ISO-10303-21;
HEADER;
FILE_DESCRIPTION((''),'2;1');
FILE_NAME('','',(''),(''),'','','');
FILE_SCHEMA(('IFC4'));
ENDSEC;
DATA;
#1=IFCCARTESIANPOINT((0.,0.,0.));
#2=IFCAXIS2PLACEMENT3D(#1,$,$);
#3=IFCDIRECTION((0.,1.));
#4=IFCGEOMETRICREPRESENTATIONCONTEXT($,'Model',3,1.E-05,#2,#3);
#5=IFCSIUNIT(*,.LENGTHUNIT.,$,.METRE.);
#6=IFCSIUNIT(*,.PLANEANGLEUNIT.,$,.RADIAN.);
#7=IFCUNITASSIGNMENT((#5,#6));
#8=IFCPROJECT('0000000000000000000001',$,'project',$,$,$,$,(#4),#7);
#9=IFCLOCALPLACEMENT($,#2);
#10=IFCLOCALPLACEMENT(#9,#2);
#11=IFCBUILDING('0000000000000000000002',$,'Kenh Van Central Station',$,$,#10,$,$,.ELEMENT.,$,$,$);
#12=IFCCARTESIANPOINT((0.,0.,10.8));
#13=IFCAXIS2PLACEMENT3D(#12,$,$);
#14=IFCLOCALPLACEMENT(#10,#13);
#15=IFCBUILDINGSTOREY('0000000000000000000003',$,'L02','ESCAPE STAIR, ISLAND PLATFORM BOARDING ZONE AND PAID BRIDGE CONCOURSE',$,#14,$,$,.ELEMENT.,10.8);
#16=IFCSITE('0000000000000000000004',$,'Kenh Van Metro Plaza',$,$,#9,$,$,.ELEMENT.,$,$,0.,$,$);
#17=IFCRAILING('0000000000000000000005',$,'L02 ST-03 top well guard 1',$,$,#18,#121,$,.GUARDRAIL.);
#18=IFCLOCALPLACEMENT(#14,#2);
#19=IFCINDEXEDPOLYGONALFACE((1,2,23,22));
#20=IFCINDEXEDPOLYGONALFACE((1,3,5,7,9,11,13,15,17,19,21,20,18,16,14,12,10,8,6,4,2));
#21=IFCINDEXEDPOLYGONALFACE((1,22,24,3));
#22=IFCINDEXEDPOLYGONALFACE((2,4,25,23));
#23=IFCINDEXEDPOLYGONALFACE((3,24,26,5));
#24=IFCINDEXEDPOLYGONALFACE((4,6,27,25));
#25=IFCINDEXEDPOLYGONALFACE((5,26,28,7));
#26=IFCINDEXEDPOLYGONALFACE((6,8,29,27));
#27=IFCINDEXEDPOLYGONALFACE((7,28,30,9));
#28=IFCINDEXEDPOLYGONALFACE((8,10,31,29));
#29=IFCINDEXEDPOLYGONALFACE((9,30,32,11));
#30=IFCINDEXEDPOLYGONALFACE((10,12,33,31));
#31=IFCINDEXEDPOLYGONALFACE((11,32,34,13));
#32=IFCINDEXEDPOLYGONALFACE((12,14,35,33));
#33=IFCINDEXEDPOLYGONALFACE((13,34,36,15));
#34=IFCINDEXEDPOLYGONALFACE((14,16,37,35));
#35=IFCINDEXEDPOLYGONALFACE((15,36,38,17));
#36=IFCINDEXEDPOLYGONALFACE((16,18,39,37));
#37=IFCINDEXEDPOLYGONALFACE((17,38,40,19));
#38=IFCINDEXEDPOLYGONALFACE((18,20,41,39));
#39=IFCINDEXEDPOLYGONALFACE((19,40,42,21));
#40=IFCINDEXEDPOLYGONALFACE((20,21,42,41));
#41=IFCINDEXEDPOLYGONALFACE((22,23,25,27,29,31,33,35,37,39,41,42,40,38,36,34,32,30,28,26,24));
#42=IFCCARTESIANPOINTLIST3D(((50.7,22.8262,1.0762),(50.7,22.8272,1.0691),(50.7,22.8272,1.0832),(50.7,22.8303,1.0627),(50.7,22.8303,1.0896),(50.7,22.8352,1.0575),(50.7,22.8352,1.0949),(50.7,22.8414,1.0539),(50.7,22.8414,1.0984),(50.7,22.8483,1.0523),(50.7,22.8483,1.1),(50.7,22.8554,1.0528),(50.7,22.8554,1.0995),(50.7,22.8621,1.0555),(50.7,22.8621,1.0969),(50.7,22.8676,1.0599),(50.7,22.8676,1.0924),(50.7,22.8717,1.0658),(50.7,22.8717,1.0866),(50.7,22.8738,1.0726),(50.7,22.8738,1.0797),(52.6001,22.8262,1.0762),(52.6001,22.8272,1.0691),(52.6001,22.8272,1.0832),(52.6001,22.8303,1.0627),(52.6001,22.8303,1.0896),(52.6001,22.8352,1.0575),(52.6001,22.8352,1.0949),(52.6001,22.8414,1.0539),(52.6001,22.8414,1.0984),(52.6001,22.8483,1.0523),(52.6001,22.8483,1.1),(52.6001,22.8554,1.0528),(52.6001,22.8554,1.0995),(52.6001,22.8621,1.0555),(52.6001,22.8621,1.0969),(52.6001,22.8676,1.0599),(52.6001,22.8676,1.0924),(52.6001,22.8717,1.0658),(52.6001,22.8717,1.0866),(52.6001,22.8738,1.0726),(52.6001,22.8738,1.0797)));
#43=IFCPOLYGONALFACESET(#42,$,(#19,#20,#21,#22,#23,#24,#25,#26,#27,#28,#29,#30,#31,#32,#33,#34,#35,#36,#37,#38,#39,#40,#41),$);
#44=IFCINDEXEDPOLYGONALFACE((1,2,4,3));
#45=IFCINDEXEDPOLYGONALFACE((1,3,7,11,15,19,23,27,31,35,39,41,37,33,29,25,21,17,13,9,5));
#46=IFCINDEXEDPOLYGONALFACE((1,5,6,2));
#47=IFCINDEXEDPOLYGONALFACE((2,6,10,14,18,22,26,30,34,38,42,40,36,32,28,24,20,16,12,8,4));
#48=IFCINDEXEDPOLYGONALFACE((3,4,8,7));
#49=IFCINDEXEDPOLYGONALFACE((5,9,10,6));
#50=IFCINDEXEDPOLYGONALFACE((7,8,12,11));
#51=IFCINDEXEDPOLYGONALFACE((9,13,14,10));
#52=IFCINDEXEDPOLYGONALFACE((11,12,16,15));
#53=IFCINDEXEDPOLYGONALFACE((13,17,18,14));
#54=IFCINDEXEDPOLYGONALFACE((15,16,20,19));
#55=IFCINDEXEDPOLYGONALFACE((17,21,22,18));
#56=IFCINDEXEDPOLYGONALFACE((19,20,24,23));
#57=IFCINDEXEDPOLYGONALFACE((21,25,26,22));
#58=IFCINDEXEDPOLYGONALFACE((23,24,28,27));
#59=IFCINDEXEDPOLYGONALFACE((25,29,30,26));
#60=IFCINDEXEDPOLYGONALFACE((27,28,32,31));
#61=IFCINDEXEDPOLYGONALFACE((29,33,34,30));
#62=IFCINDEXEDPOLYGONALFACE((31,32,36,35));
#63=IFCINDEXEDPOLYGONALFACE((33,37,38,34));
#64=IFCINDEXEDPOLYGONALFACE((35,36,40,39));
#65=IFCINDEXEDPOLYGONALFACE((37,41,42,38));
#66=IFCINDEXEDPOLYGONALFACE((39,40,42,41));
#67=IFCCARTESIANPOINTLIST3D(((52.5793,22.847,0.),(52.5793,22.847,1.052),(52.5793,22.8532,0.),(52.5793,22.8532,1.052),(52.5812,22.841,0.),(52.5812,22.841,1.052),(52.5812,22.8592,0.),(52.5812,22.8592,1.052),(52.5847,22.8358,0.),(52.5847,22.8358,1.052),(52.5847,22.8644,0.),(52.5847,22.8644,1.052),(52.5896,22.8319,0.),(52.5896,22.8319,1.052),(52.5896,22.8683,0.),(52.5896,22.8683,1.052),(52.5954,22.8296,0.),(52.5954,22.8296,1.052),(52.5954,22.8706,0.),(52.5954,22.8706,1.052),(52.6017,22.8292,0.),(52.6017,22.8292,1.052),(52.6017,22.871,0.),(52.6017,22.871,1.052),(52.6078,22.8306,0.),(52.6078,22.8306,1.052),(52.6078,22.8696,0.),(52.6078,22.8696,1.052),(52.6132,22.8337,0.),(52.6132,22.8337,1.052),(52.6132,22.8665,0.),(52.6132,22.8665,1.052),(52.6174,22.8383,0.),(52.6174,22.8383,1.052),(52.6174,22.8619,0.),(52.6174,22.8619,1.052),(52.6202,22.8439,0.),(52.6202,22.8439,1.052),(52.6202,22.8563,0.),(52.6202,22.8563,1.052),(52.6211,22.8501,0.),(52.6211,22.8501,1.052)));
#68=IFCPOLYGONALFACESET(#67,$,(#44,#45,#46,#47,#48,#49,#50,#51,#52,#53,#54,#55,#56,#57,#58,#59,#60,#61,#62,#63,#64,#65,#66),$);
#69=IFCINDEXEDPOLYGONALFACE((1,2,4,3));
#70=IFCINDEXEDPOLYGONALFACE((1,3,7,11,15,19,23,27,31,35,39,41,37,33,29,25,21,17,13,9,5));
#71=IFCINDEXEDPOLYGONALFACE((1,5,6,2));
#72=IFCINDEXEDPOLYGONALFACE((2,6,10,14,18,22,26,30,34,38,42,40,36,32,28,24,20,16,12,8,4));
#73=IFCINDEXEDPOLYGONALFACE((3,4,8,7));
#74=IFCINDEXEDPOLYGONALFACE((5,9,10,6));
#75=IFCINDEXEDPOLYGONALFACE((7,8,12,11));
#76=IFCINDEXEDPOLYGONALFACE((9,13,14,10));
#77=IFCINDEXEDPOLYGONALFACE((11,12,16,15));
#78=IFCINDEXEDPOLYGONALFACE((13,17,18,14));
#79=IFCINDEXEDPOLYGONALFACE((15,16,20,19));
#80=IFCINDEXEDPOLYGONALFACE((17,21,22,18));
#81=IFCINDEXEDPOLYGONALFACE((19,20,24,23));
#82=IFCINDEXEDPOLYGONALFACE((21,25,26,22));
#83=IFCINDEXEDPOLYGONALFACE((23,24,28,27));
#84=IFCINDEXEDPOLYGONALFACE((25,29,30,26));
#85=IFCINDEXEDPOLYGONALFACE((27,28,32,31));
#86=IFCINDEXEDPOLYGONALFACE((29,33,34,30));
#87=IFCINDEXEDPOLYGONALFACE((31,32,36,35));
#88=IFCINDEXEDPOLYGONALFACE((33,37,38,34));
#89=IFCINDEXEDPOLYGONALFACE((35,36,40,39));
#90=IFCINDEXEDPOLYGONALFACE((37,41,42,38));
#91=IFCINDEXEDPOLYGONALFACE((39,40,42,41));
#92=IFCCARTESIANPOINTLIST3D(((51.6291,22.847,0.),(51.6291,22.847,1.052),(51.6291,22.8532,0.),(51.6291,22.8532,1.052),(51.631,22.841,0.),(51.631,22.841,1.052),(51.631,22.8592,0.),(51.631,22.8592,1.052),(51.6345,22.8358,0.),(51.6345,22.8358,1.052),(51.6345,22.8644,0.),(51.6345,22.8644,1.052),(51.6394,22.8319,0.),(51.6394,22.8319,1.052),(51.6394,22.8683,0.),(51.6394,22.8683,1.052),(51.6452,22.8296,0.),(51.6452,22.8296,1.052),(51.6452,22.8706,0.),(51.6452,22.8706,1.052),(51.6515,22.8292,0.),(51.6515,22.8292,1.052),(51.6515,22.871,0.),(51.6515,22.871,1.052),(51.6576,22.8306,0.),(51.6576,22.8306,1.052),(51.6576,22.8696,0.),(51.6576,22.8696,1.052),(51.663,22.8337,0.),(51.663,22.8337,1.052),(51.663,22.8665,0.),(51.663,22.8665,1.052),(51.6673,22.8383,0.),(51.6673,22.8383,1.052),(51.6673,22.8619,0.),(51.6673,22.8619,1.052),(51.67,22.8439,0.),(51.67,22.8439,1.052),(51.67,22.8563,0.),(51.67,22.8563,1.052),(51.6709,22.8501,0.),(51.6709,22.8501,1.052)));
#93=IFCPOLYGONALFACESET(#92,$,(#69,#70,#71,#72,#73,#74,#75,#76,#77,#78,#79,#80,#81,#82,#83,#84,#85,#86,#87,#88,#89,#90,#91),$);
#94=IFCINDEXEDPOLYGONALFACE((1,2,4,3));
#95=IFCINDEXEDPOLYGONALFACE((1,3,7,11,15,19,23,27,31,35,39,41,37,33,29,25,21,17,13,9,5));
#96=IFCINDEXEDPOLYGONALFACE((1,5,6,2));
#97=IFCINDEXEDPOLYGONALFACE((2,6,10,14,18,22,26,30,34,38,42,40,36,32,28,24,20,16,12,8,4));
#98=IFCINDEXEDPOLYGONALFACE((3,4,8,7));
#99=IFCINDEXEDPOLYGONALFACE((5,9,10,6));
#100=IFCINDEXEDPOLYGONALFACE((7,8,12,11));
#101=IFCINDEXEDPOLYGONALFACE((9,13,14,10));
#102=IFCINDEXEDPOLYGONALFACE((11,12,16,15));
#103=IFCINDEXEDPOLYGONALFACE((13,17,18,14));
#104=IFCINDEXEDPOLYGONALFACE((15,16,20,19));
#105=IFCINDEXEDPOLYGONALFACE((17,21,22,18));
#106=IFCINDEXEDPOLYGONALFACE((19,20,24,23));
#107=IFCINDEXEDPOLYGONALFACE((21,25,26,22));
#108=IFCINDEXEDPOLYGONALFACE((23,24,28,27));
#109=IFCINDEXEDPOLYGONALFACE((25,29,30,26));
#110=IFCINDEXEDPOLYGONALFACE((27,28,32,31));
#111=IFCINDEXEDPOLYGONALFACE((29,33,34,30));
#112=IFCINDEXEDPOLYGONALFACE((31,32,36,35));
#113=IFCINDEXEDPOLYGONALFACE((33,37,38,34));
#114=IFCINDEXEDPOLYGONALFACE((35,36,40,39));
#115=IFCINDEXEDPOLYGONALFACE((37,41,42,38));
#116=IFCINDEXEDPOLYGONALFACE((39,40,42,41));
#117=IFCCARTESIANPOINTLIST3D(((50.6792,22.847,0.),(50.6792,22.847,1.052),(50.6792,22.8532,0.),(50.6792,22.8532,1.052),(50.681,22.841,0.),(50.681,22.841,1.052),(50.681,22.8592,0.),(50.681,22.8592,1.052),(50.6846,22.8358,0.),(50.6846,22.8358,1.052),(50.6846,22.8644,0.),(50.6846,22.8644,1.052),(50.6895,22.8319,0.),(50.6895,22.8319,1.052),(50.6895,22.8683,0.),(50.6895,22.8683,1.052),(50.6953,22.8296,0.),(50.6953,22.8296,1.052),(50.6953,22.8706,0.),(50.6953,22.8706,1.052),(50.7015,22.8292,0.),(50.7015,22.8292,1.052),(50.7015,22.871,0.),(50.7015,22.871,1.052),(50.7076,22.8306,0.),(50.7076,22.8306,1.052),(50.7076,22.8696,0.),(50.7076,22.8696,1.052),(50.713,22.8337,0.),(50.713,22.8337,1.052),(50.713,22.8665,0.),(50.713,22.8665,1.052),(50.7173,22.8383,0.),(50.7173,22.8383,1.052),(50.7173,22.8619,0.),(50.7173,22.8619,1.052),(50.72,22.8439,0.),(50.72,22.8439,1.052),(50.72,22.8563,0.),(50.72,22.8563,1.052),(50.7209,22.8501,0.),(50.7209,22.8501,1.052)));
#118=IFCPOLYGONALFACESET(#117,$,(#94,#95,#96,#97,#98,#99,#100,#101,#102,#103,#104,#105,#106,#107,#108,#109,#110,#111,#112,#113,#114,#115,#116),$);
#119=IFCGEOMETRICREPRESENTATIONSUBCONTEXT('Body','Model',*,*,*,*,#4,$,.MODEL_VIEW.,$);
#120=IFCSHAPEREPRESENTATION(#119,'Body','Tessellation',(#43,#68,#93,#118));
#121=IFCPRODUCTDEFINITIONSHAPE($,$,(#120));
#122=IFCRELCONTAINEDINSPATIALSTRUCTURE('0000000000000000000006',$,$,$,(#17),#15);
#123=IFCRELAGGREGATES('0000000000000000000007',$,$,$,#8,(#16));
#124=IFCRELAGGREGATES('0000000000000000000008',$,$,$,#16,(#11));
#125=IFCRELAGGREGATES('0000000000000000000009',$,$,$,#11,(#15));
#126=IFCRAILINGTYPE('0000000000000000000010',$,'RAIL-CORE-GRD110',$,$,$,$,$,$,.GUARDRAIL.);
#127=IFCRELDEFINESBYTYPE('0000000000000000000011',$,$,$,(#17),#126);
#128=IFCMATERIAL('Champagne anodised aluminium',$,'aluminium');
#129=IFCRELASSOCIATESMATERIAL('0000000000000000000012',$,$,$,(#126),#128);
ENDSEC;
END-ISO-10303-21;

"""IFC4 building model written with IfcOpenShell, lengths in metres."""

from ifc_helpers import new_model, si_unit, direction, frame, origin, origin_2d, place, context, subcontext, project, spatial, circle, extrude, material, type_object, element, save


model = new_model("IFC4")

# Units and contexts
model_context = context("Model", 3, precision=1e-05, world=origin(), true_north=direction((0.0, 1.0)))
body_context = subcontext(model_context, "Body", "Model", "MODEL_VIEW")
ifc_project = project(units=[si_unit("LENGTHUNIT", "METRE"), si_unit("PLANEANGLEUNIT", "RADIAN")], contexts=[model_context])

# Site, building, storey
site_placement = place(None, origin())
site = spatial("IfcSite", under=ifc_project, at=site_placement, Name="Kenh Van Metro Plaza", CompositionType="ELEMENT", RefElevation=0.0)
building_placement = place(site_placement, origin())
building = spatial("IfcBuilding", under=site, at=building_placement, Name="Kenh Van Central Station", CompositionType="ELEMENT")
storey_placement = place(building_placement, frame((0.0, 0.0, 10.8)))
storey = spatial("IfcBuildingStorey", under=building, at=storey_placement, Name="L02", Description="ESCAPE STAIR, ISLAND PLATFORM BOARDING ZONE AND PAID BRIDGE CONCOURSE", CompositionType="ELEMENT", Elevation=10.8)

# Shared definitions
ifc_material_1 = material(Name="Champagne anodised aluminium", Category="aluminium")

# Railing
railing_type = type_object("IfcRailingType", Name="RAIL-CORE-GRD110", PredefinedType="GUARDRAIL", material=ifc_material_1)
railing_placement = place(storey_placement, frame((52.6001, 22.8501, 0.0)))
element("IfcRailing", 1, at=railing_placement, inside=storey, type_object=railing_type, Name="L02 ST-03 top well guard 1", PredefinedType="GUARDRAIL", context=body_context, shape_type="SweptSolid", body=[
    extrude(circle(Radius=0.0239, at=origin_2d()), frame((0.0, 0.0, 1.0762), z_axis=(-1.0, 0.0, 0.0), x_axis=(0.0, -1.0, 0.0)), (0.0, 0.0, 1.0), 1.9001),
    extrude(circle(Radius=0.021, at=origin_2d()), origin(), (0.0, 0.0, 1.0), 1.052),
    extrude(circle(Radius=0.021, at=origin_2d()), frame((-0.9502, 0.0, 0.0)), (0.0, 0.0, 1.0), 1.052),
    extrude(circle(Radius=0.021, at=origin_2d()), frame((-1.9001, 0.0, 0.0)), (0.0, 0.0, 1.0), 1.052),
])

save(model, "model.ifc")
